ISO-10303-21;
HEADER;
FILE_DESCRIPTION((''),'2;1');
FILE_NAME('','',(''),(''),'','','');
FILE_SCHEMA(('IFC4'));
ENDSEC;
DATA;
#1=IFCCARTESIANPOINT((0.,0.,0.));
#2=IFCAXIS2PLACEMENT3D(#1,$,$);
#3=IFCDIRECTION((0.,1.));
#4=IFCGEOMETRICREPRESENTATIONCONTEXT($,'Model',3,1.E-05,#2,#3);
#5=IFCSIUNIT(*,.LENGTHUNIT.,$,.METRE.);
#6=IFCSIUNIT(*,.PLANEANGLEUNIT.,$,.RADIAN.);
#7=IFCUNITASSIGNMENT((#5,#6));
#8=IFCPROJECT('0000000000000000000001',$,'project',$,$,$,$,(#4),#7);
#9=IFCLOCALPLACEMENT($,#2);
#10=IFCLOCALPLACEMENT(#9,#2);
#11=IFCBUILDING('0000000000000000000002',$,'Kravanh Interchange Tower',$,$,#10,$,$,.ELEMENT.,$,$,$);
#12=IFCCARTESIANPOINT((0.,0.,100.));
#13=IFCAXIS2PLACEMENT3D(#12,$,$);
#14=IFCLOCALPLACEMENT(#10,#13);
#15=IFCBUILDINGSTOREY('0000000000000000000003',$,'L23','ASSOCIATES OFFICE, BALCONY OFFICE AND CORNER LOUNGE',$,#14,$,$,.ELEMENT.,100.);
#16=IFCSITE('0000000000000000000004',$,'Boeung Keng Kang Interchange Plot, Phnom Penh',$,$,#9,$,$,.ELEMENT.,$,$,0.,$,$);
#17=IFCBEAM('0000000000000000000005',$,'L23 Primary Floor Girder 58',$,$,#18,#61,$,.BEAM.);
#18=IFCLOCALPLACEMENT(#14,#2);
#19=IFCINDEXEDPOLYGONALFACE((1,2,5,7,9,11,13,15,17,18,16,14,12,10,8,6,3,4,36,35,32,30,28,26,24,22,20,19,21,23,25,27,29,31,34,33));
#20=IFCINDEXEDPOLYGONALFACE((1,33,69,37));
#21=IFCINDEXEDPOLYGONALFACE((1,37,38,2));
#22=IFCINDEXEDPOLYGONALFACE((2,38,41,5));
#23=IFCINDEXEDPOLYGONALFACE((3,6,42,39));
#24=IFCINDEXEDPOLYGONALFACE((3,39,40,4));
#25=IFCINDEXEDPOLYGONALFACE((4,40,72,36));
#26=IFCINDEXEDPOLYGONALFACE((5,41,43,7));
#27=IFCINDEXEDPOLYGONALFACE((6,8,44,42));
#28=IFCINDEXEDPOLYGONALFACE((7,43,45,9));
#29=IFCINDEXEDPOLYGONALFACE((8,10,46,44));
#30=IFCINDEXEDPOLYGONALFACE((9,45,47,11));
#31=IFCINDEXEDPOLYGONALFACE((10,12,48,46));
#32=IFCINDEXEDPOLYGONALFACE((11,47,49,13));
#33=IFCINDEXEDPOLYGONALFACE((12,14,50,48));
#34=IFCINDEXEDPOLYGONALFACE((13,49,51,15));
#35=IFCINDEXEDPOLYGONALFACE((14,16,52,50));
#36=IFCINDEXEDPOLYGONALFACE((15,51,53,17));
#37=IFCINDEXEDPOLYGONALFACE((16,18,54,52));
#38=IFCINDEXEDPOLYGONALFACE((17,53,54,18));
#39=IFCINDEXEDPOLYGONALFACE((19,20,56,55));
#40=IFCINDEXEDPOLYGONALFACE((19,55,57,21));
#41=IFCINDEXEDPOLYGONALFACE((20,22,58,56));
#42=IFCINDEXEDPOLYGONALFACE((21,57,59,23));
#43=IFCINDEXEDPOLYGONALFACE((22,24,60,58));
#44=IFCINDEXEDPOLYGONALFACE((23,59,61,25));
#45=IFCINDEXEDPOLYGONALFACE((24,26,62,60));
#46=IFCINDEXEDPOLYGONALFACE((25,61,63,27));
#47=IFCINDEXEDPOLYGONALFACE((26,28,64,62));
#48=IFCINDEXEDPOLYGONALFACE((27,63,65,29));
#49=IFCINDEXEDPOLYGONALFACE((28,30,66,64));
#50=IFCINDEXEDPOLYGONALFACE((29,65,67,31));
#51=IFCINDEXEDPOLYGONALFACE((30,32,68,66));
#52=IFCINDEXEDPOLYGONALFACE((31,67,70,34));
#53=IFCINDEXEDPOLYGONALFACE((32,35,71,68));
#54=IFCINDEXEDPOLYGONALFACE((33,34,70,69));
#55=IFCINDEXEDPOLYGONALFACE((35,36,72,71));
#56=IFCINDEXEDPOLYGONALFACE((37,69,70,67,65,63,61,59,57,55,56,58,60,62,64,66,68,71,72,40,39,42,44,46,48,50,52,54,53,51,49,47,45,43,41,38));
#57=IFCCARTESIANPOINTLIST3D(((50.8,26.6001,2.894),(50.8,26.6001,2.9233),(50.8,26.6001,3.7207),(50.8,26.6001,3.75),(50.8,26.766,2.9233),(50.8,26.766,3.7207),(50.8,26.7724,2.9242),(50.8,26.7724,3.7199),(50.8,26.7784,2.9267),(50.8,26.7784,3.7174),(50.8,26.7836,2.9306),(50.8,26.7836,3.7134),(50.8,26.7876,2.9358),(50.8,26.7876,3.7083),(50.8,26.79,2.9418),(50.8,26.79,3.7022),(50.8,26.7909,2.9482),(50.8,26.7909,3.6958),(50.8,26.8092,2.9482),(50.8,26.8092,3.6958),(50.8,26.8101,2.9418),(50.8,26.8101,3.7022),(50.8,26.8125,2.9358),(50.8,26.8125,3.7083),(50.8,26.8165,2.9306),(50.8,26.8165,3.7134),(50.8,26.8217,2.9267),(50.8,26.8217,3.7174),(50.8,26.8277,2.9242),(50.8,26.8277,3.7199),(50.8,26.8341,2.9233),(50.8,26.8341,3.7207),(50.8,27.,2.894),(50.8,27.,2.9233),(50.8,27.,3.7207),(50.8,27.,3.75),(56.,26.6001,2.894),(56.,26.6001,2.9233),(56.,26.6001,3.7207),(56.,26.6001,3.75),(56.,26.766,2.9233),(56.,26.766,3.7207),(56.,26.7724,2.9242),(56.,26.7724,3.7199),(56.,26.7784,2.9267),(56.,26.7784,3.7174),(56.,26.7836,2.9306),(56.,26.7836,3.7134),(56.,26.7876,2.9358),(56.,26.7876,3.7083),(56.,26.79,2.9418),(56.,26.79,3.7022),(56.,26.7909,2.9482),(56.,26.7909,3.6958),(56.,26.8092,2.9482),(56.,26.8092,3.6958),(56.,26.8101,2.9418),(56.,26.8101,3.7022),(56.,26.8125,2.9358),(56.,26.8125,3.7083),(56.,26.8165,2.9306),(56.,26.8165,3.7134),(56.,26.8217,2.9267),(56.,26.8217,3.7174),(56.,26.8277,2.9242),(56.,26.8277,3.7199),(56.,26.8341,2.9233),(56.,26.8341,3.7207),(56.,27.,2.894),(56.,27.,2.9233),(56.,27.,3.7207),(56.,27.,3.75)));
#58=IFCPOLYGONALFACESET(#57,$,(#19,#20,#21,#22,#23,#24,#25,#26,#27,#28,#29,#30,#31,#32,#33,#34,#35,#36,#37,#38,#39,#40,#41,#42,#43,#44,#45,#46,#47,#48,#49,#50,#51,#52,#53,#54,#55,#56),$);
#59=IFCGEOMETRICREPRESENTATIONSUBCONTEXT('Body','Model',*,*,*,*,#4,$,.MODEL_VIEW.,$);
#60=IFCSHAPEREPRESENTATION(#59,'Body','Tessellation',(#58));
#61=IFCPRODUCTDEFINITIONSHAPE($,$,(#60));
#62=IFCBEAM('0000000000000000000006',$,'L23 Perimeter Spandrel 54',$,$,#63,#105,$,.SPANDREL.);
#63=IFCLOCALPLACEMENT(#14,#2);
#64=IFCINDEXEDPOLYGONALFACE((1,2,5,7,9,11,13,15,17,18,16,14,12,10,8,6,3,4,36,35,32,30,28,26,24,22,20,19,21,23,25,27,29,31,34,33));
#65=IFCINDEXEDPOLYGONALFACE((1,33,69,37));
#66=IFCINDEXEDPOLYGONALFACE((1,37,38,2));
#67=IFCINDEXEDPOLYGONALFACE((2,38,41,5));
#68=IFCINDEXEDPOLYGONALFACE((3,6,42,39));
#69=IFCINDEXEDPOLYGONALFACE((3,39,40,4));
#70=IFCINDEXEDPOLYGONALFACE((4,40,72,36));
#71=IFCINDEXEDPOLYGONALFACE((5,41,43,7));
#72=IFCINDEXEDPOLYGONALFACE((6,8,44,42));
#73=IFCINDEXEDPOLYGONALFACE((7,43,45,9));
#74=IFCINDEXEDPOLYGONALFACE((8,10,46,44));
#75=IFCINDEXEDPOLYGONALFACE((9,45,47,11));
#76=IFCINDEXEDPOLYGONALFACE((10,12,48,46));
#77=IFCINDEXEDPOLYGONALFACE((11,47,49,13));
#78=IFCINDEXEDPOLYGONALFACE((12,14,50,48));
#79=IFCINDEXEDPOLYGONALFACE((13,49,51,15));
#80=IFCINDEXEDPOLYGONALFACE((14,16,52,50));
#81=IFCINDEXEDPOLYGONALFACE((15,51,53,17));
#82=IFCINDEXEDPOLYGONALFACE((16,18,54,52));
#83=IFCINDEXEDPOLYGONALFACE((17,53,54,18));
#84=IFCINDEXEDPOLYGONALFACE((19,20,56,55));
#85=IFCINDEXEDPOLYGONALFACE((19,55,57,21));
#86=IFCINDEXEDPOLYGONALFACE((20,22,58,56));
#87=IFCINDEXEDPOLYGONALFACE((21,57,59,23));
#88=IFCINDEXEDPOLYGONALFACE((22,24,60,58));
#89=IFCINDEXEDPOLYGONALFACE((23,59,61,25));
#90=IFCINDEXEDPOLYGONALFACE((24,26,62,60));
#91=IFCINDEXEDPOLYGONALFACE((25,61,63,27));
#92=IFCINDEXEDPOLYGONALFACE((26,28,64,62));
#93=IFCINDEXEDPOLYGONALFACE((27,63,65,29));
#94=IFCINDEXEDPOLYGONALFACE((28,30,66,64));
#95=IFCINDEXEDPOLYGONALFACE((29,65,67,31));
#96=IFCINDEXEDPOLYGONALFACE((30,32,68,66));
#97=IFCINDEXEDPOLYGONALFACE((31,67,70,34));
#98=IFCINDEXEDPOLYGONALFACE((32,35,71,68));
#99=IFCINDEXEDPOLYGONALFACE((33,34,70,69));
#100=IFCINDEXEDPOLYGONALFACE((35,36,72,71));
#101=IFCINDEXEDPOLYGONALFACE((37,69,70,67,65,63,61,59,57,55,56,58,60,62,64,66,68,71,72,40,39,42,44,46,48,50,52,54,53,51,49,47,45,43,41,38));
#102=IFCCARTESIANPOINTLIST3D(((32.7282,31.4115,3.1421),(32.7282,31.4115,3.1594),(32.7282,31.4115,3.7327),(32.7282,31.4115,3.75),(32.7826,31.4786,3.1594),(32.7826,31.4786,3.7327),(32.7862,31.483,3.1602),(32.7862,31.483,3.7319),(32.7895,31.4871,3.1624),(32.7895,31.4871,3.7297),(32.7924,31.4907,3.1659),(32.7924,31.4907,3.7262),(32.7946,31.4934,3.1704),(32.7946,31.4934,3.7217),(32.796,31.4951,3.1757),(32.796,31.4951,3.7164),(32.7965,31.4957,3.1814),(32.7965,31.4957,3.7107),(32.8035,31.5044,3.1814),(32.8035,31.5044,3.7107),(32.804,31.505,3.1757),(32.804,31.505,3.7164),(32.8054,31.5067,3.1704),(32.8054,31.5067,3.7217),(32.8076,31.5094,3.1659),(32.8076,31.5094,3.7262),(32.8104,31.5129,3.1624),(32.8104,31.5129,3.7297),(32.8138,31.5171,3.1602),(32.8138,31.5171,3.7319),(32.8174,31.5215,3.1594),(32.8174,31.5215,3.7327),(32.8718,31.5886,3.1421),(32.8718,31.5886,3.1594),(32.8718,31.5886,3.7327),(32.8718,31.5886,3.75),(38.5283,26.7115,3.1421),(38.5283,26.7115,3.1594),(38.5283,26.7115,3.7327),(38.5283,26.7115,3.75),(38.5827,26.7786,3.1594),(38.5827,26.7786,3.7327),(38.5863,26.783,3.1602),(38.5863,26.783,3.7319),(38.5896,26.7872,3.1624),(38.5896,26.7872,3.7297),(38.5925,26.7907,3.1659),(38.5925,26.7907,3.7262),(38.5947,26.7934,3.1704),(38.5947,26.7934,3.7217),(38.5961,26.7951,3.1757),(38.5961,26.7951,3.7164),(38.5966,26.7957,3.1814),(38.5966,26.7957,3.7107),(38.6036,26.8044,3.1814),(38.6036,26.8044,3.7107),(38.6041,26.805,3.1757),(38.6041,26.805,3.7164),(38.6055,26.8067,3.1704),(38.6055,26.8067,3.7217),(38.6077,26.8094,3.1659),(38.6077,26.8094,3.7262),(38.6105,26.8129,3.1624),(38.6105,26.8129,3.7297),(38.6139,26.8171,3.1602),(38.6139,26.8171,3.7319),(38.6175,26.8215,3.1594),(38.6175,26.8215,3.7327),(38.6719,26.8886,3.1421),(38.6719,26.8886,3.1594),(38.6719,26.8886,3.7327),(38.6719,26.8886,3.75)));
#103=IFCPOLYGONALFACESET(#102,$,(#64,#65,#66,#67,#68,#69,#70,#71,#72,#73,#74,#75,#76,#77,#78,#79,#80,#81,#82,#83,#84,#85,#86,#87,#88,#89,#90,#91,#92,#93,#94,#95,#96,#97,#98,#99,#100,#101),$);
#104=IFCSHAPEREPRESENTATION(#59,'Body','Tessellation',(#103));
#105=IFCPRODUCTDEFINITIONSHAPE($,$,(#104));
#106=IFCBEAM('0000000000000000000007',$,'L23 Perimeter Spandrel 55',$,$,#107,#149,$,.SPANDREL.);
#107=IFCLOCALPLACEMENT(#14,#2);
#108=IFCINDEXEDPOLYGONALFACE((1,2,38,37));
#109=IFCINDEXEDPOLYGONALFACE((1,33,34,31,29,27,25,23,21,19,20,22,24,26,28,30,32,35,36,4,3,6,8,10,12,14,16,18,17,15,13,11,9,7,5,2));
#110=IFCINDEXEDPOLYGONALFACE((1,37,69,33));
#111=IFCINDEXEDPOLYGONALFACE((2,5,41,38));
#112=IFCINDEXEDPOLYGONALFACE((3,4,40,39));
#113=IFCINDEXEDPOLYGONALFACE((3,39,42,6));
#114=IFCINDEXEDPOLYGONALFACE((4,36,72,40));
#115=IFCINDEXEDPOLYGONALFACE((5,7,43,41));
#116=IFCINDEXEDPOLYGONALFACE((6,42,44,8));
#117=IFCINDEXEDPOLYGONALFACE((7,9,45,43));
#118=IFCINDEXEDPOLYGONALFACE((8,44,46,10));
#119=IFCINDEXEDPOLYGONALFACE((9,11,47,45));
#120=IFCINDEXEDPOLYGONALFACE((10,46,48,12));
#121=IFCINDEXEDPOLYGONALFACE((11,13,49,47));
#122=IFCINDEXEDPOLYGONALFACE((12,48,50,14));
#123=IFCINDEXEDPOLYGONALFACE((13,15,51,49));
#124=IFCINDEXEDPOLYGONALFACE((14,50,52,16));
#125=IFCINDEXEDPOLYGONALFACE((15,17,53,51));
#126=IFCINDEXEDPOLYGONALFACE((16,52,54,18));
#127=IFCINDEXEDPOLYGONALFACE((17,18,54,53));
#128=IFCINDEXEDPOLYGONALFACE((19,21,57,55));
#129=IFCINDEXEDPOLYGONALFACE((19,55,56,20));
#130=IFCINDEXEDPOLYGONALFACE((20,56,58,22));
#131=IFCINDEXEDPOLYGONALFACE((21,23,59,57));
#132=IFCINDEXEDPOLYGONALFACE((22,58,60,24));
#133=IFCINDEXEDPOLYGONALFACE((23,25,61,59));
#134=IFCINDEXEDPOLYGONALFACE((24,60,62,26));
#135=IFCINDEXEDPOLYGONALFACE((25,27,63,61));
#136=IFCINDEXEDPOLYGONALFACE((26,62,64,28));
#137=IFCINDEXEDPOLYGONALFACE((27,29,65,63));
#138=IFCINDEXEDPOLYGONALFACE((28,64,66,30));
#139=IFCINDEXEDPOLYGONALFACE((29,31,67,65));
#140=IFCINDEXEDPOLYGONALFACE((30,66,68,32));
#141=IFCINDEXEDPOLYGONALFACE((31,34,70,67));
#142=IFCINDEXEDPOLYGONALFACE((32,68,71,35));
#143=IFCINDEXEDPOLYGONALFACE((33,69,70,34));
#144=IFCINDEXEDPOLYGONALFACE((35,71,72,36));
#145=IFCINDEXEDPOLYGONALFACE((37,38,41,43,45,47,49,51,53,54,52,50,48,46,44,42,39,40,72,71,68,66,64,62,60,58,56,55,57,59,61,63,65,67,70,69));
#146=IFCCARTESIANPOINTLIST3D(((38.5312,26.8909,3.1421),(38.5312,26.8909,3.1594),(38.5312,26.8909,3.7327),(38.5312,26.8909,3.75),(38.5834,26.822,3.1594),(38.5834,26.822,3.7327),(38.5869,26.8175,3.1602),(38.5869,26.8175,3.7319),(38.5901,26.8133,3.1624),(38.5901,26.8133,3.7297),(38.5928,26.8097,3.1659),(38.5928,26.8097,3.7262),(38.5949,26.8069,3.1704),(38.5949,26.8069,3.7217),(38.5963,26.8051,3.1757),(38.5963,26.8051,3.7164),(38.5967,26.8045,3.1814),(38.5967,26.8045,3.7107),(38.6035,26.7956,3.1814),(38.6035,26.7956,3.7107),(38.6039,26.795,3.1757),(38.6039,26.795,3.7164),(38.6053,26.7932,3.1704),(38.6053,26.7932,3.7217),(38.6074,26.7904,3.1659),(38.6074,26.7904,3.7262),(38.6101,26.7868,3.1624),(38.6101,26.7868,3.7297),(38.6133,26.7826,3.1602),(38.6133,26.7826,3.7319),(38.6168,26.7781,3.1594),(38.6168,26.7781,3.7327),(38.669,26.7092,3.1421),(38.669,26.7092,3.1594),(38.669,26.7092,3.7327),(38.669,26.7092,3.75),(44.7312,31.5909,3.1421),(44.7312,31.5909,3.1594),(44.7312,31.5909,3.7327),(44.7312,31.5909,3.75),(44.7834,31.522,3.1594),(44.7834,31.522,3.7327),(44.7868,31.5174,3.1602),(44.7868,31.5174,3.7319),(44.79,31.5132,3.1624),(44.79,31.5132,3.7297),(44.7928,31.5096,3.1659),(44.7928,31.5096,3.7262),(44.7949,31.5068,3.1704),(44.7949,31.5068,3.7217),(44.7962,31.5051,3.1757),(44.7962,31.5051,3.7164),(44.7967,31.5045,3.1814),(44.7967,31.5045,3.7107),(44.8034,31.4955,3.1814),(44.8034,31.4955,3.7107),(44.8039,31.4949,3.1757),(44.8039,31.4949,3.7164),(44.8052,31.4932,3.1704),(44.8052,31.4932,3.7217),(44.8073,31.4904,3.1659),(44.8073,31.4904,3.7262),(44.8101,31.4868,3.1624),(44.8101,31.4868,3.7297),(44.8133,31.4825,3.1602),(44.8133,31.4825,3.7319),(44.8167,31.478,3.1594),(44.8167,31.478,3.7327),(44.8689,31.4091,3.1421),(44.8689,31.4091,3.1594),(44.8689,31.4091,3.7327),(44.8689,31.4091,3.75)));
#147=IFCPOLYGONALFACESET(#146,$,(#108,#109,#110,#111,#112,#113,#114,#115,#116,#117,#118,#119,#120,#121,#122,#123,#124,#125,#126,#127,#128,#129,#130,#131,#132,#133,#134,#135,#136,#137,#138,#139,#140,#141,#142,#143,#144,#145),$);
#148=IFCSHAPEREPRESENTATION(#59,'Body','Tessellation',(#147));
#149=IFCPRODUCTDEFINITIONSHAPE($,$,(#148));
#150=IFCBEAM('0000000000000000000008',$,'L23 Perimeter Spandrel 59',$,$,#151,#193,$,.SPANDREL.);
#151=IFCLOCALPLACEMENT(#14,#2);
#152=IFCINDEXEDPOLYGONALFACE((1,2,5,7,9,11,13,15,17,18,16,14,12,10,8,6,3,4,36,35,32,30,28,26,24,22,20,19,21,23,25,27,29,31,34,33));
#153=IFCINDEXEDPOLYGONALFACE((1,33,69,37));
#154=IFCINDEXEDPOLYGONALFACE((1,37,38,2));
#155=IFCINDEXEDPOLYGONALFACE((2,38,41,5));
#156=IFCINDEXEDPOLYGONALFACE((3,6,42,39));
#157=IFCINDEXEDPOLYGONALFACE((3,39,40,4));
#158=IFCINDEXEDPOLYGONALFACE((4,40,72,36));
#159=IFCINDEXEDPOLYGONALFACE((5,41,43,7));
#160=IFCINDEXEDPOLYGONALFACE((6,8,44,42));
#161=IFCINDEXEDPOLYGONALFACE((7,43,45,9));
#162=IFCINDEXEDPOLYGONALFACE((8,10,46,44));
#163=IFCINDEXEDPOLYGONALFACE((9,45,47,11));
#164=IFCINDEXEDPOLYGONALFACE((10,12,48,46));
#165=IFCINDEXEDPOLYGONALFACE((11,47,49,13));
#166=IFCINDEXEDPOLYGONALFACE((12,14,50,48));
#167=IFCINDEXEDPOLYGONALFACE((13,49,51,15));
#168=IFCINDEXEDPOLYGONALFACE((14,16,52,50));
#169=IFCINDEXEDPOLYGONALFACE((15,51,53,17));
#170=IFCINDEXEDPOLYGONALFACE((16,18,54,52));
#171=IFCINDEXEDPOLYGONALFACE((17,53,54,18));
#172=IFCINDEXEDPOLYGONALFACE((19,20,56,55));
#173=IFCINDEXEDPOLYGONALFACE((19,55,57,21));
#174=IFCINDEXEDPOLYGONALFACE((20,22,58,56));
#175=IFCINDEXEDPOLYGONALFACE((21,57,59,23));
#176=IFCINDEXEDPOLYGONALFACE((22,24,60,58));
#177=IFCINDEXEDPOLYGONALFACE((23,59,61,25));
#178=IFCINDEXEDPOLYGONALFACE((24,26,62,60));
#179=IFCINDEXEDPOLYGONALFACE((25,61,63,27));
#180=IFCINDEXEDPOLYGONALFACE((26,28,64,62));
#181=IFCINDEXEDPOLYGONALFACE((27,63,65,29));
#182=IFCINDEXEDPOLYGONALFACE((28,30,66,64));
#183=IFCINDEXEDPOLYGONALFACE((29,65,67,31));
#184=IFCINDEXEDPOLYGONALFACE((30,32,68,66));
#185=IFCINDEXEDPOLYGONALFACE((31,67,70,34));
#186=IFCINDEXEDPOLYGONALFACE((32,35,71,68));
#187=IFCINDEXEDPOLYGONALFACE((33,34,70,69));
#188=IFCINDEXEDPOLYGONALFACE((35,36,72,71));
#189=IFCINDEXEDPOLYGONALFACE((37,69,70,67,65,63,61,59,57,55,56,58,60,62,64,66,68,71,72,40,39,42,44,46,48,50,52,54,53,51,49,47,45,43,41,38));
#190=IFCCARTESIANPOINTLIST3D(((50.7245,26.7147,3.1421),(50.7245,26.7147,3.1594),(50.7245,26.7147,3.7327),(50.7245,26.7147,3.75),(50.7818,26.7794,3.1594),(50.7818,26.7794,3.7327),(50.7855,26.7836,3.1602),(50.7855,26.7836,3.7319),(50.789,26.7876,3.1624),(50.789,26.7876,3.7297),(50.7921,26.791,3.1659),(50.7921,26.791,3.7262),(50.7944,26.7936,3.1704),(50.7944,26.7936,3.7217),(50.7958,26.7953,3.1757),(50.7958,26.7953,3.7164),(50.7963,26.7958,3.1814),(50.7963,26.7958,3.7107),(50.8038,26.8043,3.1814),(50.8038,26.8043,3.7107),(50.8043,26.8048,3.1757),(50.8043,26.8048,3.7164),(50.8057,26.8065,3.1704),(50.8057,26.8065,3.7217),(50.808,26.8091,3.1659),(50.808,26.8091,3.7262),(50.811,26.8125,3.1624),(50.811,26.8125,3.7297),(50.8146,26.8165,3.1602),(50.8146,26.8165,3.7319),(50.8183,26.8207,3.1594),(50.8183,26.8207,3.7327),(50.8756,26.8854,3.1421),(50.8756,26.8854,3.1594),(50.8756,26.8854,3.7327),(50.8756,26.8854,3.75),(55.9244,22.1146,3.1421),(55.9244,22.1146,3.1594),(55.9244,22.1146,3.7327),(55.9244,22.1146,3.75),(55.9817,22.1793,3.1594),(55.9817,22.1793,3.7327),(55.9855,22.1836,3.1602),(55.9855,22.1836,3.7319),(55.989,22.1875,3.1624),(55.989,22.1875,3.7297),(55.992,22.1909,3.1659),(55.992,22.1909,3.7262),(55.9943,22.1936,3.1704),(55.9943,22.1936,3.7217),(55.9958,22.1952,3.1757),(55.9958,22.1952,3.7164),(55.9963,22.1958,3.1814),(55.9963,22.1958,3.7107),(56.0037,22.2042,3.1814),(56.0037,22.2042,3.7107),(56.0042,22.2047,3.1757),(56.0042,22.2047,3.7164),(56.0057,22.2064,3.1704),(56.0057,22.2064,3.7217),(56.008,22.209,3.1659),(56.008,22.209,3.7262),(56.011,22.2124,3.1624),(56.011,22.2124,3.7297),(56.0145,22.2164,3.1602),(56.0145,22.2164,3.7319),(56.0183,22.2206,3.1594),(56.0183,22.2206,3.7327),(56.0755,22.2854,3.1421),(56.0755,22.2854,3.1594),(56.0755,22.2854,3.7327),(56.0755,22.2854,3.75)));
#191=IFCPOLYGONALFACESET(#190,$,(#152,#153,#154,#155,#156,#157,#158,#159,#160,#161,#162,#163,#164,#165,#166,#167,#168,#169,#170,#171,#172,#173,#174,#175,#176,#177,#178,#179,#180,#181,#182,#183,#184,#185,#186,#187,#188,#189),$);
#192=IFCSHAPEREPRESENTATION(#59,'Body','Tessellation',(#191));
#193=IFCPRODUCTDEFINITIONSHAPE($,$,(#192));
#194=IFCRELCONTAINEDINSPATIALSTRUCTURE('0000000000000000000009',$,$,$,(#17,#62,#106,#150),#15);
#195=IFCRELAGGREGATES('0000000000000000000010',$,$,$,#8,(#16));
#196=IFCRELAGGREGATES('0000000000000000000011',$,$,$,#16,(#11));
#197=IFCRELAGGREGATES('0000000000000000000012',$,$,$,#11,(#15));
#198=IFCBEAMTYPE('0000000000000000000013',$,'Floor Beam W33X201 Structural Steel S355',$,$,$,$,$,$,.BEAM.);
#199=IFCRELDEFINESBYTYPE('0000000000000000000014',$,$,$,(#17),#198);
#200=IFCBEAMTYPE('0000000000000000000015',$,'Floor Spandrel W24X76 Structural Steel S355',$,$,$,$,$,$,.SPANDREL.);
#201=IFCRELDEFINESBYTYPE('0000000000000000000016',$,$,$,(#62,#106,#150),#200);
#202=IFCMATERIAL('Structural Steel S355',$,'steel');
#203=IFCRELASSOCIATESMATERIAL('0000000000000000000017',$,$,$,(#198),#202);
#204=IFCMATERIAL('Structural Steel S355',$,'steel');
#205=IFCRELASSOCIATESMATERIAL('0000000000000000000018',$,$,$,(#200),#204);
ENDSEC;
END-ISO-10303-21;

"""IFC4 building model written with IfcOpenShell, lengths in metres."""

from ifc_helpers import new_model, si_unit, direction, frame, origin, origin_2d, place, context, subcontext, project, spatial, i_section, extrude, material, material_profile, profile_set, type_object, element, save


model = new_model("IFC4")

# Units and contexts
model_context = context("Model", 3, precision=1e-05, world=origin(), true_north=direction((0.0, 1.0)))
body_context = subcontext(model_context, "Body", "Model", "MODEL_VIEW")
ifc_project = project(units=[si_unit("LENGTHUNIT", "METRE"), si_unit("PLANEANGLEUNIT", "RADIAN")], contexts=[model_context])

# Site, building, storey
site_placement = place(None, origin())
site = spatial("IfcSite", under=ifc_project, at=site_placement, Name="Boeung Keng Kang Interchange Plot, Phnom Penh", CompositionType="ELEMENT", RefElevation=0.0)
building_placement = place(site_placement, origin())
building = spatial("IfcBuilding", under=site, at=building_placement, Name="Kravanh Interchange Tower", CompositionType="ELEMENT")
storey_placement = place(building_placement, frame((0.0, 0.0, 100.0)))
storey = spatial("IfcBuildingStorey", under=building, at=storey_placement, Name="L23", Description="ASSOCIATES OFFICE, BALCONY OFFICE AND CORNER LOUNGE", CompositionType="ELEMENT", Elevation=100.0)

# Beams
ifc_material_1 = material(Name="Structural Steel S355", Category="steel")
ifc_material_profile_1 = material_profile(ifc_material_1, i_section(OverallWidth=0.3999, OverallDepth=0.856, WebThickness=0.0183, FlangeThickness=0.0293, FilletRadius=0.0249, at=origin_2d()), Name="W33X201")
ifc_profile_set_1 = profile_set([ifc_material_profile_1], Name="Structural Steel S355")
beam_type_1 = type_object("IfcBeamType", Name="Floor Beam W33X201 Structural Steel S355", PredefinedType="BEAM", material=ifc_profile_set_1)
beam_1_placement = place(storey_placement, frame((50.8, 26.8, 3.322), z_axis=(1.0, 0.0, 0.0), x_axis=(0.0, 1.0, 0.0)))
element("IfcBeam", 1, at=beam_1_placement, inside=storey, type_object=beam_type_1, Name="L23 Primary Floor Girder 58", PredefinedType="BEAM", context=body_context, shape_type="SweptSolid", body=[
    extrude(i_section(OverallWidth=0.3999, OverallDepth=0.856, WebThickness=0.0183, FlangeThickness=0.0293, FilletRadius=0.0249, at=origin_2d()), origin(), (0.0, 0.0, 1.0), 5.2),
])
ifc_material_2 = material(Name="Structural Steel S355", Category="steel")
ifc_material_profile_2 = material_profile(ifc_material_2, i_section(OverallWidth=0.228, OverallDepth=0.6079, WebThickness=0.0112, FlangeThickness=0.0173, FilletRadius=0.022, at=origin_2d()), Name="W24X76")
ifc_profile_set_2 = profile_set([ifc_material_profile_2], Name="Structural Steel S355")
beam_type_2 = type_object("IfcBeamType", Name="Floor Spandrel W24X76 Structural Steel S355", PredefinedType="SPANDREL", material=ifc_profile_set_2)
beam_2_placement = place(storey_placement, frame((38.6001, 26.8, 3.446), z_axis=(-0.776939, 0.629576, 0.0), x_axis=(-0.629576, -0.776939, 0.0)))
element("IfcBeam", 2, at=beam_2_placement, inside=storey, type_object=beam_type_2, Name="L23 Perimeter Spandrel 54", PredefinedType="SPANDREL", context=body_context, shape_type="SweptSolid", body=[
    extrude(i_section(OverallWidth=0.228, OverallDepth=0.6079, WebThickness=0.0112, FlangeThickness=0.0173, FilletRadius=0.022, at=origin_2d()), origin(), (0.0, 0.0, 1.0), 7.4653),
])
beam_3_placement = place(storey_placement, frame((38.6001, 26.8, 3.446), z_axis=(0.796905, 0.604104, 0.0), x_axis=(-0.604104, 0.796905, 0.0)))
element("IfcBeam", 3, at=beam_3_placement, inside=storey, type_object=beam_type_2, Name="L23 Perimeter Spandrel 55", PredefinedType="SPANDREL", context=body_context, shape_type="SweptSolid", body=[
    extrude(i_section(OverallWidth=0.228, OverallDepth=0.6079, WebThickness=0.0112, FlangeThickness=0.0173, FilletRadius=0.022, at=origin_2d()), origin(), (0.0, 0.0, 1.0), 7.78),
])
beam_4_placement = place(storey_placement, frame((50.8, 26.8, 3.446), z_axis=(0.748986, -0.662585, 0.0), x_axis=(0.662585, 0.748986, 0.0)))
element("IfcBeam", 4, at=beam_4_placement, inside=storey, type_object=beam_type_2, Name="L23 Perimeter Spandrel 59", PredefinedType="SPANDREL", context=body_context, shape_type="SweptSolid", body=[
    extrude(i_section(OverallWidth=0.228, OverallDepth=0.6079, WebThickness=0.0112, FlangeThickness=0.0173, FilletRadius=0.022, at=origin_2d()), origin(), (0.0, 0.0, 1.0), 6.9426),
])

save(model, "model.ifc")
